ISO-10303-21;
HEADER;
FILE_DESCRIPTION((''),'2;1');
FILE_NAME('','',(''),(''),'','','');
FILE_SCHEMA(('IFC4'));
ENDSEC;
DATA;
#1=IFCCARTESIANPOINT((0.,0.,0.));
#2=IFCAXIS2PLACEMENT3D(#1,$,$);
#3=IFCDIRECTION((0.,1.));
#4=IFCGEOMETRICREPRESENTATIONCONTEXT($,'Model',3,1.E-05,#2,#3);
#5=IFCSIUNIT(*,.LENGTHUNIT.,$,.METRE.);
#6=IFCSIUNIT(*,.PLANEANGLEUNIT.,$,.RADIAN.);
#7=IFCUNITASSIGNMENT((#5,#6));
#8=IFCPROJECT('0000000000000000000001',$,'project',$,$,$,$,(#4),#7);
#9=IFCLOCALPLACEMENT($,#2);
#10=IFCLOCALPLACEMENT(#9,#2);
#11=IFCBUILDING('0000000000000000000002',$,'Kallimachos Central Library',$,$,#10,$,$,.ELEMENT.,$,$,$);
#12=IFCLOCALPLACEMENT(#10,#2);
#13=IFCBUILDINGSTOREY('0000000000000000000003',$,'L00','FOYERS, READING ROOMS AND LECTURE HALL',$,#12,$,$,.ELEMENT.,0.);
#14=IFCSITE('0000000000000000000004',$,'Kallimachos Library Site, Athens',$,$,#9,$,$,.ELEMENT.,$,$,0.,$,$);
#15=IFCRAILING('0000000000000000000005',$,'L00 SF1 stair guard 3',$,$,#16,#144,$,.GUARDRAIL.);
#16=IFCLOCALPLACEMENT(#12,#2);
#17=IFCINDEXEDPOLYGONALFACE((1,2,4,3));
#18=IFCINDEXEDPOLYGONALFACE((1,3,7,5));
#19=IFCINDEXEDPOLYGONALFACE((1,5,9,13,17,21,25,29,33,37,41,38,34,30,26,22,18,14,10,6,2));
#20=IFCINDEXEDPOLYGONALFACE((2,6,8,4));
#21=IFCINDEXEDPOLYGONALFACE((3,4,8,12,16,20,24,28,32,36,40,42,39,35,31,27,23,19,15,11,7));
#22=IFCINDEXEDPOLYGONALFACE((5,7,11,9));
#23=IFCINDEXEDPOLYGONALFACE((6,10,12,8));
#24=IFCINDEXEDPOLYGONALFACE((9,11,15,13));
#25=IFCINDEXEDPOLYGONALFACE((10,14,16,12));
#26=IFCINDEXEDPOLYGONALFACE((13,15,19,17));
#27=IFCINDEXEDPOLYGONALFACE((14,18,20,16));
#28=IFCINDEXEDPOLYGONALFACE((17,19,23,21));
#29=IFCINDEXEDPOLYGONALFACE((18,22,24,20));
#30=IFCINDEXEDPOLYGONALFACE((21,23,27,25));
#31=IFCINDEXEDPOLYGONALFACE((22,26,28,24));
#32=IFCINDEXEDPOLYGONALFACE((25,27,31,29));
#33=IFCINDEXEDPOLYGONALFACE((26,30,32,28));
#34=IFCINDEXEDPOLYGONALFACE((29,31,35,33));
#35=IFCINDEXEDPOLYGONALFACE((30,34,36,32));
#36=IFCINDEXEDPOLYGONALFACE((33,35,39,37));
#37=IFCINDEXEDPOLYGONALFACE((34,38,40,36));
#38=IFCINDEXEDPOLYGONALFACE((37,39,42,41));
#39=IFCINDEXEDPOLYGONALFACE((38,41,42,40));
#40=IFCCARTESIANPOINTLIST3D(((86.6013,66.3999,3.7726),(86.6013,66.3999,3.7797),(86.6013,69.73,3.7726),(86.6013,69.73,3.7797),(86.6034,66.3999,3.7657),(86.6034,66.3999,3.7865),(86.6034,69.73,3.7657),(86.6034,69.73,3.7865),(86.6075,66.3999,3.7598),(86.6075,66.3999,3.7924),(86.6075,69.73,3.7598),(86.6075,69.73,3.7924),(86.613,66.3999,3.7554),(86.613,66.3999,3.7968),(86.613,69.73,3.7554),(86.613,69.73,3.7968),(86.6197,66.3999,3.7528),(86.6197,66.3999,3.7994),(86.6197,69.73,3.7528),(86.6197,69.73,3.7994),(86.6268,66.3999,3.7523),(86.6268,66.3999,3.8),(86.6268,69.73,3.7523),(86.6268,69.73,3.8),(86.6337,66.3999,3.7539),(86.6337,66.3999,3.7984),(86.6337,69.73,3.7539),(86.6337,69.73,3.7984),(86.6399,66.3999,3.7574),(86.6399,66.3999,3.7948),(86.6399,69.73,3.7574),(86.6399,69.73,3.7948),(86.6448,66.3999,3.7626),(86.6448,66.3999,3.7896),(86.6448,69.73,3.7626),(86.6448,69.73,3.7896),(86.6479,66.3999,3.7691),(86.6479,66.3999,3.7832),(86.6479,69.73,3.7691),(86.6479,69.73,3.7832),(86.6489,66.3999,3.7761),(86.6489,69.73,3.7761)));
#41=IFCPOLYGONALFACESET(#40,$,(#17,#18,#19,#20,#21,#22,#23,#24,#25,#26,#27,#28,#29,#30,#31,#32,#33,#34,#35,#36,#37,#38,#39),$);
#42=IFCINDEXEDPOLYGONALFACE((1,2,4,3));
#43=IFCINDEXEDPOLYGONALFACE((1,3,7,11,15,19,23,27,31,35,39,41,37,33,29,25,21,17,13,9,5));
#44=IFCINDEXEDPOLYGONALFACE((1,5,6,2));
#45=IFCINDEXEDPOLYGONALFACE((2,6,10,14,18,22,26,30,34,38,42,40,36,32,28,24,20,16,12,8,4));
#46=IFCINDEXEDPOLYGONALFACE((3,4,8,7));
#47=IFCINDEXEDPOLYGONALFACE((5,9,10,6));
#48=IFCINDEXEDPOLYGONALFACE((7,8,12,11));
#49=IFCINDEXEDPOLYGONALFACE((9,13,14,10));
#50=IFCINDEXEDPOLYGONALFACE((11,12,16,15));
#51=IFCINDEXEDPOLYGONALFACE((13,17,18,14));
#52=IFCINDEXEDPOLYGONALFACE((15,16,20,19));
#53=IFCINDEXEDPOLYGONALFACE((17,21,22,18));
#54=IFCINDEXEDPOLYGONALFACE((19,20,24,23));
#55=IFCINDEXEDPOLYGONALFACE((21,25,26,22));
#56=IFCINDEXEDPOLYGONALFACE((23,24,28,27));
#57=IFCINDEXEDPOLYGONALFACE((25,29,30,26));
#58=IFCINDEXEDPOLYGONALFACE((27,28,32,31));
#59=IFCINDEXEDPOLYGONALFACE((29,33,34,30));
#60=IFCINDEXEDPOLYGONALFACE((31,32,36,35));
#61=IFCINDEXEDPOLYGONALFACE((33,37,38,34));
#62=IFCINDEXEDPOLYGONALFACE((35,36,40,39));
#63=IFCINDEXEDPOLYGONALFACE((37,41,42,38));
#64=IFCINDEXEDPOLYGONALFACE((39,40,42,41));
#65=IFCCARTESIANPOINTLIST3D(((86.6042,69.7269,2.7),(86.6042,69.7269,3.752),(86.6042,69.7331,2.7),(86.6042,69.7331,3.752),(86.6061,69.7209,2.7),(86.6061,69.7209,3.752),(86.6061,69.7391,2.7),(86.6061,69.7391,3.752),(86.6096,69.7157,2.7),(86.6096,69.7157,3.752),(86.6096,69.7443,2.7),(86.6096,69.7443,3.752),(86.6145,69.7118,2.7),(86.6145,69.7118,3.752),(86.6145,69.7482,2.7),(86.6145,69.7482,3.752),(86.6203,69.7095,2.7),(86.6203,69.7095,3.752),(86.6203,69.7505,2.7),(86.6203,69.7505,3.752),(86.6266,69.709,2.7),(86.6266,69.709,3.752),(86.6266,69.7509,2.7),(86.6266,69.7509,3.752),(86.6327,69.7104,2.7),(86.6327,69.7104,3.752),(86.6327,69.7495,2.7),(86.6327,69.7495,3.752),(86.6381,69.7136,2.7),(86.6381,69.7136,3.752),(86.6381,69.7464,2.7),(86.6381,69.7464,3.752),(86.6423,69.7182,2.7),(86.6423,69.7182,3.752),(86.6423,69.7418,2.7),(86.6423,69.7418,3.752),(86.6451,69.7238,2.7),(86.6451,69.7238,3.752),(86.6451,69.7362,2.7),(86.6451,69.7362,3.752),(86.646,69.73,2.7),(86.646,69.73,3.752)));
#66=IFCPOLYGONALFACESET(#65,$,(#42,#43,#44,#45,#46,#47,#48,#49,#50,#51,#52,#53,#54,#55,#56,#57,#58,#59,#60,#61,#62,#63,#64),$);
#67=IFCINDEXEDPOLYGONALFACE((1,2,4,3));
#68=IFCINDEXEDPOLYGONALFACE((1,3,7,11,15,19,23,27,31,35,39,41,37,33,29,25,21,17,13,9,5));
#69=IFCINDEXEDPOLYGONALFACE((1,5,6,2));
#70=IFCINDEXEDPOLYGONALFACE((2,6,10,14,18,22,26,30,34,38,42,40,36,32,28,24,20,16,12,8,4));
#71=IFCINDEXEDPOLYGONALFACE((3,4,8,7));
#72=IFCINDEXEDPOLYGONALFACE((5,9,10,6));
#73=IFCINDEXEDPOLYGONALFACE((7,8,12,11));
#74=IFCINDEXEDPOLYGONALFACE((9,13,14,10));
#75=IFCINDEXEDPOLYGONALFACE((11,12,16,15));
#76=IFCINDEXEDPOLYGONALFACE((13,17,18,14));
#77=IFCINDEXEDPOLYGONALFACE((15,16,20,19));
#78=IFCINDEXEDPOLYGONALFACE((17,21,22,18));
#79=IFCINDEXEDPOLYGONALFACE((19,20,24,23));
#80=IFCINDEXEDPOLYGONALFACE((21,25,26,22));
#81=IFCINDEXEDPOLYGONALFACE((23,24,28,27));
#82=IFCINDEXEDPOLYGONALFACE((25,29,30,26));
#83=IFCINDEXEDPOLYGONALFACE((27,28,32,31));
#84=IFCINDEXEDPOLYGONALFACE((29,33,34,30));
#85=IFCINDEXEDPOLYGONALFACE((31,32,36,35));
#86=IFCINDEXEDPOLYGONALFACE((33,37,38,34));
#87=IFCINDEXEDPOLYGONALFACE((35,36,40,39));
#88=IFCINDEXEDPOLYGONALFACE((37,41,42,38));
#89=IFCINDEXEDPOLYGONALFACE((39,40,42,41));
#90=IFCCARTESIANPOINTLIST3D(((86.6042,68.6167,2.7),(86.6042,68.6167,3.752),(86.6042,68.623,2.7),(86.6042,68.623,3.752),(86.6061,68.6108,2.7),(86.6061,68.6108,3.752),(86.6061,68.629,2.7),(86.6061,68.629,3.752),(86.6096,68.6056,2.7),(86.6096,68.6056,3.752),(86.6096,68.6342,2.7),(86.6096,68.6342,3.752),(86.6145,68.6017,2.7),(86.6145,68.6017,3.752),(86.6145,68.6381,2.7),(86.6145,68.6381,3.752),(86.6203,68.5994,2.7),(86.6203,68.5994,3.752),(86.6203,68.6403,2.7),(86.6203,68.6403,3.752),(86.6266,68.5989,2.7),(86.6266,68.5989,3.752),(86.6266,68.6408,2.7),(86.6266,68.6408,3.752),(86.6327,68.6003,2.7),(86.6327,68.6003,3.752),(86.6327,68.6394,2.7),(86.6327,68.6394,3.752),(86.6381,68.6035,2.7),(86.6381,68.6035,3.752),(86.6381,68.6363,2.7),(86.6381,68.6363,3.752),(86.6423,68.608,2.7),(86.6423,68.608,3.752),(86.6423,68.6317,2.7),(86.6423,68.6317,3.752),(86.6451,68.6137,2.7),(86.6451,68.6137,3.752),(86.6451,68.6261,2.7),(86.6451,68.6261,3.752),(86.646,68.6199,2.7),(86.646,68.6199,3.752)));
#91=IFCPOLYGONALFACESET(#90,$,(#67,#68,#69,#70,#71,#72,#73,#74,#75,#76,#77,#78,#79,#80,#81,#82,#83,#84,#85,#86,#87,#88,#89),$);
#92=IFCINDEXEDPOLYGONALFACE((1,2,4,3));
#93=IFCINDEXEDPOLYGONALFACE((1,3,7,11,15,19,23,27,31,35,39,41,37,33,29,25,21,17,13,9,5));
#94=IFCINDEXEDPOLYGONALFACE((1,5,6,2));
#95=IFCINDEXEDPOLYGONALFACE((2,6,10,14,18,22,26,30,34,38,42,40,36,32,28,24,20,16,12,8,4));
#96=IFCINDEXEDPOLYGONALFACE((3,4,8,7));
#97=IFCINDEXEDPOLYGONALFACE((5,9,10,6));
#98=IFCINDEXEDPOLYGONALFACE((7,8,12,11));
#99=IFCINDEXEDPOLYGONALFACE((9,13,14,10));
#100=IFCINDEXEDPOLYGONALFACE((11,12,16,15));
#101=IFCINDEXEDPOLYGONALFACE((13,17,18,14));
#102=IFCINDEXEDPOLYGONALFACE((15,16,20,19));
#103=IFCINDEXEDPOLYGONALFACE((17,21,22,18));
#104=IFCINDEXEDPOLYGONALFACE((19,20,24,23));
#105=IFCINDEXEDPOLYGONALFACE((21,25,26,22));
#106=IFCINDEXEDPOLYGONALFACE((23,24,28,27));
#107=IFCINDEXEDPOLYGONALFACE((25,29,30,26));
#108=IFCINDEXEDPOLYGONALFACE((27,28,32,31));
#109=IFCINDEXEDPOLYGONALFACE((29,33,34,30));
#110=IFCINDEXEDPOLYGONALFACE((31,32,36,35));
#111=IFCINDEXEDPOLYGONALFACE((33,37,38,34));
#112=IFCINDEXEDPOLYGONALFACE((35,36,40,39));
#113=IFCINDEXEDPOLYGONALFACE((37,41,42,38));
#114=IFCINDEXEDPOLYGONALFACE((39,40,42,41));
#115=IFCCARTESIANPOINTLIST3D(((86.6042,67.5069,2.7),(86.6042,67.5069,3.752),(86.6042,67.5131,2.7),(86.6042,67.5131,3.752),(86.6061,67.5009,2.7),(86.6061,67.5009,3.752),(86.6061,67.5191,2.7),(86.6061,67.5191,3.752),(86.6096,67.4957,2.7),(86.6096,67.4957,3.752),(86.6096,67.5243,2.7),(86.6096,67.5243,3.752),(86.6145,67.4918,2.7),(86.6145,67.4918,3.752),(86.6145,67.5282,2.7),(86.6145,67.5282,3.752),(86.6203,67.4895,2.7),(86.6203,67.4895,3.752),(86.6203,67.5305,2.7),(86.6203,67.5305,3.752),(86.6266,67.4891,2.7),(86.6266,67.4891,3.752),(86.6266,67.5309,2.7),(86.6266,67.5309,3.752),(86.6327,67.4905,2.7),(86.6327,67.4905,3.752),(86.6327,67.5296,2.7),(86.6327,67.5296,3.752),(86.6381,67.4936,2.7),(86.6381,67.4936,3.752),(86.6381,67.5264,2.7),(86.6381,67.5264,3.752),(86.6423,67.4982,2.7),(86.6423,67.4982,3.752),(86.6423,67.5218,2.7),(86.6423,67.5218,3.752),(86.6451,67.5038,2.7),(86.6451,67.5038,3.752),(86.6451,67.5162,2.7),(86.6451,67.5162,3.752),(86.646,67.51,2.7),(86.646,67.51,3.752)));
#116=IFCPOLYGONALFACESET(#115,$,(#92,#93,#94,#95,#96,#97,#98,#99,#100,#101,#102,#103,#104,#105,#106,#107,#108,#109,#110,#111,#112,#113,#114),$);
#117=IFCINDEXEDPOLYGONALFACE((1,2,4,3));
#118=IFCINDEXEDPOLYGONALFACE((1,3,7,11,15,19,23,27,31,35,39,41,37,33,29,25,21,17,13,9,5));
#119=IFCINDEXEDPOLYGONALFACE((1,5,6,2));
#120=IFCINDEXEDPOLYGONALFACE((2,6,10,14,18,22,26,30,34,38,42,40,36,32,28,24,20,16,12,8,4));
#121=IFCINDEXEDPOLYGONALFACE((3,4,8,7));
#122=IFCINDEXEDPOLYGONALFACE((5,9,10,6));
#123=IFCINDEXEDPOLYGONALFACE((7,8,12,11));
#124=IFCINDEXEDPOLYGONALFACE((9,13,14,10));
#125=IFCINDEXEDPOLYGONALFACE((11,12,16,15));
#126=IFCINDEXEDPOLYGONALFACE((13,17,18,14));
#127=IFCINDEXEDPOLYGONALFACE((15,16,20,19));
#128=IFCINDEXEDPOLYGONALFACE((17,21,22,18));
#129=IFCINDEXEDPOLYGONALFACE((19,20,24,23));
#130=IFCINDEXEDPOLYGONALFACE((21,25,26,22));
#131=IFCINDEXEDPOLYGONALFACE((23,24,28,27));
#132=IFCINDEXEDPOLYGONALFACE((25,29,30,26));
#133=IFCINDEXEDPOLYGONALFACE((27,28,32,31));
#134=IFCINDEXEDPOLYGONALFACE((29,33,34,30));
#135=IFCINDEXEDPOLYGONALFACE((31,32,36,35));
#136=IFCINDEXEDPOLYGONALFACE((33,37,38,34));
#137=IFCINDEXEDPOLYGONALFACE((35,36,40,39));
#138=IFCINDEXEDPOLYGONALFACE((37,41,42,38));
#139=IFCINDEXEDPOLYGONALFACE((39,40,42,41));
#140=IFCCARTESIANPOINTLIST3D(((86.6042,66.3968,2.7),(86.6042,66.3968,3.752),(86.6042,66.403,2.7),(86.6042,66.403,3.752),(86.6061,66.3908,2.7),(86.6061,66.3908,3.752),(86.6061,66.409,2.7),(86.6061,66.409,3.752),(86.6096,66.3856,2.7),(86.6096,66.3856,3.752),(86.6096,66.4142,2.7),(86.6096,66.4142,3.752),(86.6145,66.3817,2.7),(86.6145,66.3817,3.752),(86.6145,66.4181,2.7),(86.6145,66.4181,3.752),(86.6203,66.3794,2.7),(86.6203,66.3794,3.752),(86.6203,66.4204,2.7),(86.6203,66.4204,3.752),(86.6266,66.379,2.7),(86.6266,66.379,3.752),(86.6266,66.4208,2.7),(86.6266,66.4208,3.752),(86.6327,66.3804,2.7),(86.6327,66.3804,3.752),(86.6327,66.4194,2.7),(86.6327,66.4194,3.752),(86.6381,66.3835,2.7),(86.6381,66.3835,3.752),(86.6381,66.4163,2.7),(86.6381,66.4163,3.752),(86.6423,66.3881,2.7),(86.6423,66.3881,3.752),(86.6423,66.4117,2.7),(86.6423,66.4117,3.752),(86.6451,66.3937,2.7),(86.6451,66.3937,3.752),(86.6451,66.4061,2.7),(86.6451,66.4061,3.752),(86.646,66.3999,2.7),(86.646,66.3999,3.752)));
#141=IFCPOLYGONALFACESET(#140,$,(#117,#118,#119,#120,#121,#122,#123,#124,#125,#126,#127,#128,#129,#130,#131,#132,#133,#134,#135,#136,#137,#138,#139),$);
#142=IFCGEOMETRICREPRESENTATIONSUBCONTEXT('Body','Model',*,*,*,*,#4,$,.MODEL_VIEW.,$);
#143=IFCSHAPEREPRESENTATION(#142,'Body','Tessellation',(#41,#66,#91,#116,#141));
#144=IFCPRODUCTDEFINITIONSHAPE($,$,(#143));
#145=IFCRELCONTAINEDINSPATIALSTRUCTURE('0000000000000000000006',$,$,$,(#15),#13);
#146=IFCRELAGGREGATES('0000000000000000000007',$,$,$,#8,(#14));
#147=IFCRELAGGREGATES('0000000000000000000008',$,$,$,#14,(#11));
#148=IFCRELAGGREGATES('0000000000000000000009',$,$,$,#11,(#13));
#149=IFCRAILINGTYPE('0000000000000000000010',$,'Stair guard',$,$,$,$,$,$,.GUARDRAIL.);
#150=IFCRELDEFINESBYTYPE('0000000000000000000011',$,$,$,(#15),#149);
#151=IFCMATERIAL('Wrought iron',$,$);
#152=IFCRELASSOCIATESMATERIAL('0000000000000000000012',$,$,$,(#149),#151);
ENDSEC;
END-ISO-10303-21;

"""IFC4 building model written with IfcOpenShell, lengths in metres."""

from ifc_helpers import new_model, si_unit, direction, frame, origin, origin_2d, place, context, subcontext, project, spatial, circle, extrude, material, type_object, element, save


model = new_model("IFC4")

# Units and contexts
model_context = context("Model", 3, precision=1e-05, world=origin(), true_north=direction((0.0, 1.0)))
body_context = subcontext(model_context, "Body", "Model", "MODEL_VIEW")
ifc_project = project(units=[si_unit("LENGTHUNIT", "METRE"), si_unit("PLANEANGLEUNIT", "RADIAN")], contexts=[model_context])

# Site, building, storey
site_placement = place(None, origin())
site = spatial("IfcSite", under=ifc_project, at=site_placement, Name="Kallimachos Library Site, Athens", CompositionType="ELEMENT", RefElevation=0.0)
building_placement = place(site_placement, origin())
building = spatial("IfcBuilding", under=site, at=building_placement, Name="Kallimachos Central Library", CompositionType="ELEMENT")
storey_placement = place(building_placement, origin())
storey = spatial("IfcBuildingStorey", under=building, at=storey_placement, Name="L00", Description="FOYERS, READING ROOMS AND LECTURE HALL", CompositionType="ELEMENT", Elevation=0.0)

# Railing
ifc_material_1 = material(Name="Wrought iron")
railing_type_1 = type_object("IfcRailingType", Name="Stair guard", PredefinedType="GUARDRAIL", material=ifc_material_1)
for number, where, name in (
    (1, (86.625, 69.73, 2.7), "L00 SF1 stair guard 3"),
):
    element("IfcRailing", number, at=place(storey_placement, frame(where)), inside=storey, type_object=railing_type_1, Name=name, PredefinedType="GUARDRAIL", context=body_context, shape_type="SweptSolid", body=[
        extrude(circle(Radius=0.0239, at=origin_2d()), frame((0.0, 0.0, 1.0762), z_axis=(0.0, -1.0, 0.0), x_axis=(1.0, 0.0, 0.0)), (0.0, 0.0, 1.0), 3.3301),
        extrude(circle(Radius=0.021, at=origin_2d()), origin(), (0.0, 0.0, 1.0), 1.052),
        extrude(circle(Radius=0.021, at=origin_2d()), frame((0.0, -1.1101, 0.0)), (0.0, 0.0, 1.0), 1.052),
        extrude(circle(Radius=0.021, at=origin_2d()), frame((0.0, -2.22, 0.0)), (0.0, 0.0, 1.0), 1.052),
        extrude(circle(Radius=0.021, at=origin_2d()), frame((0.0, -3.3301, 0.0)), (0.0, 0.0, 1.0), 1.052),
    ])

save(model, "model.ifc")
